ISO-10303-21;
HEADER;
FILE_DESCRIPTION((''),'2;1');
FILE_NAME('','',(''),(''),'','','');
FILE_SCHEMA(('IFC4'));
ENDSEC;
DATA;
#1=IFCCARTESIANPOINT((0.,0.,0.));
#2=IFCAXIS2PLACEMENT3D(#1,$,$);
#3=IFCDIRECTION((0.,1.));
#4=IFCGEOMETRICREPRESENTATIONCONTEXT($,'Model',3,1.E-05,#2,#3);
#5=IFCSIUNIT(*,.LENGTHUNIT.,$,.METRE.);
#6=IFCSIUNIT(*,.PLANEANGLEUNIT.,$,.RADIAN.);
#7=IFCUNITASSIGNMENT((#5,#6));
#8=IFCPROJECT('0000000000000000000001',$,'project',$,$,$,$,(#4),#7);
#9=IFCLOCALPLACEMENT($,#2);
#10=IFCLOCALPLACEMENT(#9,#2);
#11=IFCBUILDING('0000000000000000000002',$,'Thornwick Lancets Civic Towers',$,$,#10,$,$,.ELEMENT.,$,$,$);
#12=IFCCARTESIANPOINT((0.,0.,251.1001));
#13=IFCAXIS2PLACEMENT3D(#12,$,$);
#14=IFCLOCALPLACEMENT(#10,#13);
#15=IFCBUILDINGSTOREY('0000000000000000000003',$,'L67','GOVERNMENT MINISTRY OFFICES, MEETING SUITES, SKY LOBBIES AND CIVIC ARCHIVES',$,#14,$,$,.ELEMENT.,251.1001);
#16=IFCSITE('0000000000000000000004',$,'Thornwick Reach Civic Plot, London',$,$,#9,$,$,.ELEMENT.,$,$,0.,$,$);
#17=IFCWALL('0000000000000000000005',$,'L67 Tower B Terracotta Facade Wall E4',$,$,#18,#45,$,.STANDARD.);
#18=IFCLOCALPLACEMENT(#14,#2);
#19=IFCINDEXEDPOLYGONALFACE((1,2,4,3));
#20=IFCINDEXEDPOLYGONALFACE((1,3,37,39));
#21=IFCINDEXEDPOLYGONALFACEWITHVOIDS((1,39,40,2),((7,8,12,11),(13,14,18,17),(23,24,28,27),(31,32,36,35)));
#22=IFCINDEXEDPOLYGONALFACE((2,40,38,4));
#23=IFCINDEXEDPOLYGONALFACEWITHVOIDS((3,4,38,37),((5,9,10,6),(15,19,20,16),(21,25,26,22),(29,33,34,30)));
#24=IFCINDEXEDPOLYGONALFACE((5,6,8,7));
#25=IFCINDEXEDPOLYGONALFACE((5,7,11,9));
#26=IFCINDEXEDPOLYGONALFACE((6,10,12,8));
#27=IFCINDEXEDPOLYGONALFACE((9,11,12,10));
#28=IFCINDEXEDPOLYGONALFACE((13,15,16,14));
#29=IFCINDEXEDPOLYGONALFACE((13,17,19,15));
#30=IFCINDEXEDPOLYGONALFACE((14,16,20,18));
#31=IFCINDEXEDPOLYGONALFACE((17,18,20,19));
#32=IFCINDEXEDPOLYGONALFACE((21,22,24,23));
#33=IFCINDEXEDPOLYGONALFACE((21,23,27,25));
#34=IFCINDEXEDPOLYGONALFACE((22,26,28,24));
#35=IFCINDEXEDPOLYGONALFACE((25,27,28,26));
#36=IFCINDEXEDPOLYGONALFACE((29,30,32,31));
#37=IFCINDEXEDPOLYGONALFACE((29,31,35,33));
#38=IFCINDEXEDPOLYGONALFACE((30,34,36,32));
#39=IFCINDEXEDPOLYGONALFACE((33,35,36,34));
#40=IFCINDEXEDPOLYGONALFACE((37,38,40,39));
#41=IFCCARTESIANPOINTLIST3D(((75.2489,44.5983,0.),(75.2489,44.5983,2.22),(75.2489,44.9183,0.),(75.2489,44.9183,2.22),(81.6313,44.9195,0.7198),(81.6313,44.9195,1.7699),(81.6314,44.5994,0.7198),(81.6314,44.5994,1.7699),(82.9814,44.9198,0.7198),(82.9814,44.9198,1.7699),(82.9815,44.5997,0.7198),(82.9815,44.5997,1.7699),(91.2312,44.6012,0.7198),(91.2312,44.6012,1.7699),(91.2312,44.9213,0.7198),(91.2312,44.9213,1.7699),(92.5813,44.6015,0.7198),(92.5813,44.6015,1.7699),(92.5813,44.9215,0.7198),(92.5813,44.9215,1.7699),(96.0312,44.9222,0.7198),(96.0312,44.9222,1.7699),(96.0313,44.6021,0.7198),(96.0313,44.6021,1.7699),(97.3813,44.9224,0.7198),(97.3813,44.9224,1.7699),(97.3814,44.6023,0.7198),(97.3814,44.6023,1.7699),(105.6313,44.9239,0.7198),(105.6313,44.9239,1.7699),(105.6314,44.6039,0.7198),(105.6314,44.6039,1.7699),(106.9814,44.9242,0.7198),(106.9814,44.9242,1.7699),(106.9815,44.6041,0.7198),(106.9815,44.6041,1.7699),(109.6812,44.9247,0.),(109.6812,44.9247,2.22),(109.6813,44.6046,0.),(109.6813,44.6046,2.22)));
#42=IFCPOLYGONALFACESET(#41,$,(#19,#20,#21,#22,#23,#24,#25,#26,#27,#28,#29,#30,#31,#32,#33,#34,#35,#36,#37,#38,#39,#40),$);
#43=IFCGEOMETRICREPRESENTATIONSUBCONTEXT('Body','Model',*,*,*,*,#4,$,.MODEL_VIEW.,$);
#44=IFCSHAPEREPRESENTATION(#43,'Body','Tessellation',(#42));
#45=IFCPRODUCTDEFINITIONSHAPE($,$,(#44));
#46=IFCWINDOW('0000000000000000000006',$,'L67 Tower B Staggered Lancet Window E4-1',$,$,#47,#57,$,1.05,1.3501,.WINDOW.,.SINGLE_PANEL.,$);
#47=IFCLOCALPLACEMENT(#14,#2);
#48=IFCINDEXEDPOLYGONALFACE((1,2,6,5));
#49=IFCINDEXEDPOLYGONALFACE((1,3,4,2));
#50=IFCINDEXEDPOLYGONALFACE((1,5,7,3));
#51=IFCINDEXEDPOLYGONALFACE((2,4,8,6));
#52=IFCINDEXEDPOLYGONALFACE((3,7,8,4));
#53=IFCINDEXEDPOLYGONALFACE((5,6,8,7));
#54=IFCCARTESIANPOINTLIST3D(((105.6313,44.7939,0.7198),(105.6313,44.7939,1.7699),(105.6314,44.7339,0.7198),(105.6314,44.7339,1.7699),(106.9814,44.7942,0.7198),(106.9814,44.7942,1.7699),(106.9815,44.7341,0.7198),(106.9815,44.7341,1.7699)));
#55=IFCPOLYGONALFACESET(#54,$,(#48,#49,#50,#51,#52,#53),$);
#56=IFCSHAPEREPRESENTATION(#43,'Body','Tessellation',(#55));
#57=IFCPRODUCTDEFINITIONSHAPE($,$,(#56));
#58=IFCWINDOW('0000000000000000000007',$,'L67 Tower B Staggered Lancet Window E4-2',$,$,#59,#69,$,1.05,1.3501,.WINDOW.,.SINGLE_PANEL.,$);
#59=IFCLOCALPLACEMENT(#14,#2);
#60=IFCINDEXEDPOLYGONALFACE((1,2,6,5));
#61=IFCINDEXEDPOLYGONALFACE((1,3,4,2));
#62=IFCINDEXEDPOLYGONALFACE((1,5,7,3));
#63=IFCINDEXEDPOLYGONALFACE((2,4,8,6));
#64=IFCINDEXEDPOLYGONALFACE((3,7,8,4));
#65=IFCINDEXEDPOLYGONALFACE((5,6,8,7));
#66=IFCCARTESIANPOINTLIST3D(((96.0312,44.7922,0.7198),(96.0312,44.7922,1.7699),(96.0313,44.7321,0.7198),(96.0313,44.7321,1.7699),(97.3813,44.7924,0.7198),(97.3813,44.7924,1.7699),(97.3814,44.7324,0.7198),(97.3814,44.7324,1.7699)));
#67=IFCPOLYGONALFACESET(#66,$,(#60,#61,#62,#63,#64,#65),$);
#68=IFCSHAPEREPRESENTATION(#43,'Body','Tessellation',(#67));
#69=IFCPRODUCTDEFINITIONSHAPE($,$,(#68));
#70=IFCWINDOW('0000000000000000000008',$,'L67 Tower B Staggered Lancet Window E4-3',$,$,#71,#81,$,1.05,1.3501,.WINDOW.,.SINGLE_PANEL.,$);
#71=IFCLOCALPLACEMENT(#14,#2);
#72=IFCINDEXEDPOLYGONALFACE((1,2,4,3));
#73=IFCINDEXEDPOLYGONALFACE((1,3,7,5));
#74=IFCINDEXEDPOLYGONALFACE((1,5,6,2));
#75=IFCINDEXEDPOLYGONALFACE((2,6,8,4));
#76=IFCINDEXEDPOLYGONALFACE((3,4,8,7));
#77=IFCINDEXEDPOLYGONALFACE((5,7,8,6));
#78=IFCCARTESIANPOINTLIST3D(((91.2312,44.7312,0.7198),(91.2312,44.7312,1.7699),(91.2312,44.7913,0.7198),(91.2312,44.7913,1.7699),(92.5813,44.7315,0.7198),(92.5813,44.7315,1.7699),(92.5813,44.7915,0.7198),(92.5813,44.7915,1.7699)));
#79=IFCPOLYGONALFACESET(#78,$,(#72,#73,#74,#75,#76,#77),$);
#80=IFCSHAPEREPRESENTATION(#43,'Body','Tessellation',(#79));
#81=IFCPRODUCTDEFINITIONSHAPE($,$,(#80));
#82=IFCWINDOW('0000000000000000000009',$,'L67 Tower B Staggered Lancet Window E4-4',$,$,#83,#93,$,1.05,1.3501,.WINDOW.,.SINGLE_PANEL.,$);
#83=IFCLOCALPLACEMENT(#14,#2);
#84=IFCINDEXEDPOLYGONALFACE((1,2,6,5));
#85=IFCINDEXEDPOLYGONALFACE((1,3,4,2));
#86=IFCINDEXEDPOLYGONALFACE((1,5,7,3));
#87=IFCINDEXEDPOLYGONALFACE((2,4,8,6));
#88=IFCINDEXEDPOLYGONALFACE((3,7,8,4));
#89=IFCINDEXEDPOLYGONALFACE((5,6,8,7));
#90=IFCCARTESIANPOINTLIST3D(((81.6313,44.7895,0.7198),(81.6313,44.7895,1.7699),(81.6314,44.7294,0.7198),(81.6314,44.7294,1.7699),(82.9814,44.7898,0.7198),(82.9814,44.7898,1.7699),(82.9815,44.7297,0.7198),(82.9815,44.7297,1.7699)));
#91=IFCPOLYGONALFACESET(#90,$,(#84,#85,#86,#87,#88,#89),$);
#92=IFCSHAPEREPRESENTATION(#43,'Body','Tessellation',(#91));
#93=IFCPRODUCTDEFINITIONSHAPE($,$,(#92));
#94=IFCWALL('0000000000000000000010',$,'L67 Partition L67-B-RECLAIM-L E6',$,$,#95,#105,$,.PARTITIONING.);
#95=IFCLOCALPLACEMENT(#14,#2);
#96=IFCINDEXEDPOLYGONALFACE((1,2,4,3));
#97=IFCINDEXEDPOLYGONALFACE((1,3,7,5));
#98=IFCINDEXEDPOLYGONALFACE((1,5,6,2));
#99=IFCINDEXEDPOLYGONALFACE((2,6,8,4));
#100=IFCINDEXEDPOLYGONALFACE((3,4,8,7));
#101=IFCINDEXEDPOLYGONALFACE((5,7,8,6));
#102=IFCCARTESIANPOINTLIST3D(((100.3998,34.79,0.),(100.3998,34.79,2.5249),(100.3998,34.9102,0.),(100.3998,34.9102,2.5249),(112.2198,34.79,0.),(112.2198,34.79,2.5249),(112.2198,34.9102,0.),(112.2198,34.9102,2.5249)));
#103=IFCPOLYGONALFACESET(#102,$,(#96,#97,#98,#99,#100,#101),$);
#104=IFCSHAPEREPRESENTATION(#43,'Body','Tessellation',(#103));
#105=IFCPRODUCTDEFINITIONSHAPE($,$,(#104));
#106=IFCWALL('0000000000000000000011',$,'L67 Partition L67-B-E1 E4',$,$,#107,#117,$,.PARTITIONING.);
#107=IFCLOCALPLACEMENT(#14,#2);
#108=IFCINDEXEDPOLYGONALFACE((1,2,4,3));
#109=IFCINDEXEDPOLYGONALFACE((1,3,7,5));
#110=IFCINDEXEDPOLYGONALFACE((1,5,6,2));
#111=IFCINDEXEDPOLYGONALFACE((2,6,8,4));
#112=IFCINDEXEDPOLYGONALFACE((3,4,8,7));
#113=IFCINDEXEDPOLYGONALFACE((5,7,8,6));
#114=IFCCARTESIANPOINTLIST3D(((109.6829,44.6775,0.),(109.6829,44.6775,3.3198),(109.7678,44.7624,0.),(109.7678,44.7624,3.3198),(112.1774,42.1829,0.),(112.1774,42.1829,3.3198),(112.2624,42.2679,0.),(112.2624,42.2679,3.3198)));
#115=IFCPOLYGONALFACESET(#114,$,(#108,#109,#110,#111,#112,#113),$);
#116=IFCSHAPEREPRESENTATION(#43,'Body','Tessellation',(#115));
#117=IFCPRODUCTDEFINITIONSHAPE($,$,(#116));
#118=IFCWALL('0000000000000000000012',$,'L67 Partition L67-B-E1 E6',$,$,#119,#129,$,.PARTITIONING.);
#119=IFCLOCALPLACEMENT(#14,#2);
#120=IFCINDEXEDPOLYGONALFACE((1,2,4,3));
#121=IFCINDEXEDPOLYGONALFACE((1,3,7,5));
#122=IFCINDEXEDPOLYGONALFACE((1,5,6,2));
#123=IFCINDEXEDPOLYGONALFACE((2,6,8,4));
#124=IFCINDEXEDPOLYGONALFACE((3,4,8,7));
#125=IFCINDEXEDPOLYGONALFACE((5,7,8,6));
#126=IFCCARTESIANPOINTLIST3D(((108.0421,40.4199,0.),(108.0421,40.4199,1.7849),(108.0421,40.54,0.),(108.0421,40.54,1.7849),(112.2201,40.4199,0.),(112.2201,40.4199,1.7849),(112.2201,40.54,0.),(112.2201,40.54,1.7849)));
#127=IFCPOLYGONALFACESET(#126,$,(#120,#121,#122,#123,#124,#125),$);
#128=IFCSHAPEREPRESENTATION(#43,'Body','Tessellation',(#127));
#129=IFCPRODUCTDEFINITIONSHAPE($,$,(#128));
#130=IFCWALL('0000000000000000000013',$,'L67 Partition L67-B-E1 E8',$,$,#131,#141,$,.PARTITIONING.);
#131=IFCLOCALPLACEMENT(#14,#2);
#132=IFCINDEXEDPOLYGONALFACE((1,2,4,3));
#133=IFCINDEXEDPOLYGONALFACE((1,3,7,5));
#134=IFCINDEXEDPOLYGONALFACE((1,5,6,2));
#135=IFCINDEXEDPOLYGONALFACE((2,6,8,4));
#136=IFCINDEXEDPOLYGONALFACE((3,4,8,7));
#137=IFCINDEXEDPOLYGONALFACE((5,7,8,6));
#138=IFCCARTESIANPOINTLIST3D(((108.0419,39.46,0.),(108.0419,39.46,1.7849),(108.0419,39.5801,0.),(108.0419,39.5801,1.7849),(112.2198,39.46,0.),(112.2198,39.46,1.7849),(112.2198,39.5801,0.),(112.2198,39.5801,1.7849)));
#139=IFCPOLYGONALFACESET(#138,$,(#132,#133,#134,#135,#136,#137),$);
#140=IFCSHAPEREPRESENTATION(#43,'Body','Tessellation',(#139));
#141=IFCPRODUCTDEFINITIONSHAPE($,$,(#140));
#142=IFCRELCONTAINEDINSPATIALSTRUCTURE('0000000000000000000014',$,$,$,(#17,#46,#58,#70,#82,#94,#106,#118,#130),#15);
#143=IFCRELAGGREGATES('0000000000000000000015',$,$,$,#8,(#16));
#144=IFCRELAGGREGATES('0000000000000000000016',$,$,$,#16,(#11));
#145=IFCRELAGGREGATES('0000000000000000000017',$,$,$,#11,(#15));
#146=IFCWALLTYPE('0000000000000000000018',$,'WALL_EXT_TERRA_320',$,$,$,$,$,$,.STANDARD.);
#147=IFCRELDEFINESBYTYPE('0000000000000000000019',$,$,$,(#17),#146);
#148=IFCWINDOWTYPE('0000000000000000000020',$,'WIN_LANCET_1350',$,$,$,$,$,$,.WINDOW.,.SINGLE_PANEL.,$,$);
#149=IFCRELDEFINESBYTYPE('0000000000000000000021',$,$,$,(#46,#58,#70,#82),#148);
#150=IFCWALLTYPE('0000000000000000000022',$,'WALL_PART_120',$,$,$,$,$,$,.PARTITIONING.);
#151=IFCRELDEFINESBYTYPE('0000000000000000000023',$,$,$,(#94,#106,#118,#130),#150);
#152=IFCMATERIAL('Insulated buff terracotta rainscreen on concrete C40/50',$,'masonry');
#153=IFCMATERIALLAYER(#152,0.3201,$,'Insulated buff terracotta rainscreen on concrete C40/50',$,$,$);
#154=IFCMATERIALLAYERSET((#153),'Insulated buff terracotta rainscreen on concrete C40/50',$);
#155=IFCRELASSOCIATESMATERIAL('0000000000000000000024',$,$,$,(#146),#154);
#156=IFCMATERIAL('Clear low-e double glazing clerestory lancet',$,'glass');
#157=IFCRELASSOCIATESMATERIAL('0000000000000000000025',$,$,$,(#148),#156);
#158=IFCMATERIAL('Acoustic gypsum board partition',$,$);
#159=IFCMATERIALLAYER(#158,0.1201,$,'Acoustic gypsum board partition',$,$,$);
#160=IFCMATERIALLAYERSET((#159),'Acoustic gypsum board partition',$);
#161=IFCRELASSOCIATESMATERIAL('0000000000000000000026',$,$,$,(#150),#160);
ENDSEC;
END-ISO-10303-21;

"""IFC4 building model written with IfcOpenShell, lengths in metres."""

from ifc_helpers import new_model, si_unit, direction, frame, frame_2d, origin, place, context, subcontext, project, spatial, rectangle, extrude, material, layer, layer_set, type_object, element, fill, save


model = new_model("IFC4")

# Units and contexts
model_context = context("Model", 3, precision=1e-05, world=origin(), true_north=direction((0.0, 1.0)))
body_context = subcontext(model_context, "Body", "Model", "MODEL_VIEW")
ifc_project = project(units=[si_unit("LENGTHUNIT", "METRE"), si_unit("PLANEANGLEUNIT", "RADIAN")], contexts=[model_context])

# Site, building, storey
site_placement = place(None, origin())
site = spatial("IfcSite", under=ifc_project, at=site_placement, Name="Thornwick Reach Civic Plot, London", CompositionType="ELEMENT", RefElevation=0.0)
building_placement = place(site_placement, origin())
building = spatial("IfcBuilding", under=site, at=building_placement, Name="Thornwick Lancets Civic Towers", CompositionType="ELEMENT")
storey_placement = place(building_placement, frame((0.0, 0.0, 251.1001)))
storey = spatial("IfcBuildingStorey", under=building, at=storey_placement, Name="L67", Description="GOVERNMENT MINISTRY OFFICES, MEETING SUITES, SKY LOBBIES AND CIVIC ARCHIVES", CompositionType="ELEMENT", Elevation=251.1001)

# Wall, openings, windows
ifc_material_1 = material(Name="Insulated buff terracotta rainscreen on concrete C40/50", Category="masonry")
ifc_layer_1 = layer(ifc_material_1, 0.3201, Name="Insulated buff terracotta rainscreen on concrete C40/50")
ifc_layer_set_1 = layer_set([ifc_layer_1], Name="Insulated buff terracotta rainscreen on concrete C40/50")
wall_type_1 = type_object("IfcWallType", Name="WALL_EXT_TERRA_320", PredefinedType="STANDARD", material=ifc_layer_set_1)
wall_1_placement = place(storey_placement, frame((109.6814, 44.7646, 0.0), z_axis=(0.0, 0.0, 1.0), x_axis=(-1.0, -0.000184, 0.0)))
wall_1 = element("IfcWall", 1, at=wall_1_placement, inside=storey, type_object=wall_type_1, Name="L67 Tower B Terracotta Facade Wall E4", PredefinedType="STANDARD", context=body_context, shape_type="SweptSolid", body=[
    extrude(rectangle(XDim=34.4324, YDim=0.3201, at=frame_2d((17.2163, 0.0))), origin(), (0.0, 0.0, 1.0), 2.22),
])
opening_1_placement = place(wall_1_placement, frame((2.7, 0.0, 0.72)))
opening_1 = element("IfcOpeningElement", 2, at=opening_1_placement, cuts=wall_1, PredefinedType="OPENING", context=body_context, shape_type="SweptSolid", body=[
    extrude(rectangle(XDim=1.3501, YDim=1.05, at=frame_2d((0.675, 0.5249))), frame((0.0, 0.1699, 0.0), z_axis=(0.0, -1.0, 0.0), x_axis=(1.0, 0.0, 0.0)), (0.0, 0.0, 1.0), 0.3401),
])
opening_2_placement = place(wall_1_placement, frame((12.3, 0.0, 0.72)))
opening_2 = element("IfcOpeningElement", 3, at=opening_2_placement, cuts=wall_1, PredefinedType="OPENING", context=body_context, shape_type="SweptSolid", body=[
    extrude(rectangle(XDim=1.3501, YDim=1.05, at=frame_2d((0.675, 0.5249))), frame((0.0, 0.1699, 0.0), z_axis=(0.0, -1.0, 0.0), x_axis=(1.0, 0.0, 0.0)), (0.0, 0.0, 1.0), 0.3401),
])
opening_3_placement = place(wall_1_placement, frame((17.1001, 0.0, 0.72)))
opening_3 = element("IfcOpeningElement", 4, at=opening_3_placement, cuts=wall_1, PredefinedType="OPENING", context=body_context, shape_type="SweptSolid", body=[
    extrude(rectangle(XDim=1.3501, YDim=1.05, at=frame_2d((0.675, 0.5249))), frame((0.0, 0.1699, 0.0), z_axis=(0.0, -1.0, 0.0), x_axis=(1.0, 0.0, 0.0)), (0.0, 0.0, 1.0), 0.3401),
])
opening_4_placement = place(wall_1_placement, frame((26.7, 0.0, 0.72)))
opening_4 = element("IfcOpeningElement", 5, at=opening_4_placement, cuts=wall_1, PredefinedType="OPENING", context=body_context, shape_type="SweptSolid", body=[
    extrude(rectangle(XDim=1.3501, YDim=1.05, at=frame_2d((0.675, 0.5249))), frame((0.0, 0.1699, 0.0), z_axis=(0.0, -1.0, 0.0), x_axis=(1.0, 0.0, 0.0)), (0.0, 0.0, 1.0), 0.3401),
])
ifc_material_2 = material(Name="Clear low-e double glazing clerestory lancet", Category="glass")
window_type = type_object("IfcWindowType", Name="WIN_LANCET_1350", PartitioningType="SINGLE_PANEL", PredefinedType="WINDOW", material=ifc_material_2)
window_1_placement = place(opening_1_placement, origin())
window_1 = element("IfcWindow", 6, at=window_1_placement, inside=storey, type_object=window_type, Name="L67 Tower B Staggered Lancet Window E4-1", OverallHeight=1.05, OverallWidth=1.3501, PartitioningType="SINGLE_PANEL", PredefinedType="WINDOW", context=body_context, shape_type="SweptSolid", body=[
    extrude(rectangle(XDim=1.3501, YDim=1.05, at=frame_2d((0.675, 0.5249))), frame((0.0, 0.03, 0.0), z_axis=(0.0, -1.0, 0.0), x_axis=(1.0, 0.0, 0.0)), (0.0, 0.0, 1.0), 0.0601),
])
fill(opening_1, window_1)
window_2_placement = place(opening_2_placement, origin())
window_2 = element("IfcWindow", 7, at=window_2_placement, inside=storey, type_object=window_type, Name="L67 Tower B Staggered Lancet Window E4-2", OverallHeight=1.05, OverallWidth=1.3501, PartitioningType="SINGLE_PANEL", PredefinedType="WINDOW", context=body_context, shape_type="SweptSolid", body=[
    extrude(rectangle(XDim=1.3501, YDim=1.05, at=frame_2d((0.675, 0.5249))), frame((0.0, 0.03, 0.0), z_axis=(0.0, -1.0, 0.0), x_axis=(1.0, 0.0, 0.0)), (0.0, 0.0, 1.0), 0.0601),
])
fill(opening_2, window_2)
window_3_placement = place(opening_3_placement, origin())
window_3 = element("IfcWindow", 8, at=window_3_placement, inside=storey, type_object=window_type, Name="L67 Tower B Staggered Lancet Window E4-3", OverallHeight=1.05, OverallWidth=1.3501, PartitioningType="SINGLE_PANEL", PredefinedType="WINDOW", context=body_context, shape_type="SweptSolid", body=[
    extrude(rectangle(XDim=1.3501, YDim=1.05, at=frame_2d((0.675, 0.5249))), frame((0.0, 0.03, 0.0), z_axis=(0.0, -1.0, 0.0), x_axis=(1.0, 0.0, 0.0)), (0.0, 0.0, 1.0), 0.0601),
])
fill(opening_3, window_3)
window_4_placement = place(opening_4_placement, origin())
window_4 = element("IfcWindow", 9, at=window_4_placement, inside=storey, type_object=window_type, Name="L67 Tower B Staggered Lancet Window E4-4", OverallHeight=1.05, OverallWidth=1.3501, PartitioningType="SINGLE_PANEL", PredefinedType="WINDOW", context=body_context, shape_type="SweptSolid", body=[
    extrude(rectangle(XDim=1.3501, YDim=1.05, at=frame_2d((0.675, 0.5249))), frame((0.0, 0.03, 0.0), z_axis=(0.0, -1.0, 0.0), x_axis=(1.0, 0.0, 0.0)), (0.0, 0.0, 1.0), 0.0601),
])
fill(opening_4, window_4)

# Walls
ifc_material_3 = material(Name="Acoustic gypsum board partition")
ifc_layer_2 = layer(ifc_material_3, 0.1201, Name="Acoustic gypsum board partition")
ifc_layer_set_2 = layer_set([ifc_layer_2], Name="Acoustic gypsum board partition")
wall_type_2 = type_object("IfcWallType", Name="WALL_PART_120", PredefinedType="PARTITIONING", material=ifc_layer_set_2)
wall_2_placement = place(storey_placement, frame((112.22, 34.8501, 0.0), z_axis=(0.0, 0.0, 1.0), x_axis=(-1.0, 0.0, 0.0)))
element("IfcWall", 10, at=wall_2_placement, inside=storey, type_object=wall_type_2, Name="L67 Partition L67-B-RECLAIM-L E6", PredefinedType="PARTITIONING", context=body_context, shape_type="SweptSolid", body=[
    extrude(rectangle(XDim=11.8201, YDim=0.1201, at=frame_2d((5.9102, 0.0))), origin(), (0.0, 0.0, 1.0), 2.5249),
])
wall_3_placement = place(storey_placement, frame((109.7253, 44.72, 0.0), z_axis=(0.0, 0.0, 1.0), x_axis=(0.707107, -0.707107, 0.0)))
element("IfcWall", 11, at=wall_3_placement, inside=storey, type_object=wall_type_2, Name="L67 Partition L67-B-E1 E4", PredefinedType="PARTITIONING", context=body_context, shape_type="SweptSolid", body=[
    extrude(rectangle(XDim=3.5278, YDim=0.1201, at=frame_2d((1.7639, 0.0))), origin(), (0.0, 0.0, 1.0), 3.3198),
])
for number, where, z_axis, x_axis, name in (
    (12, (112.22, 40.48, 0.0), (0.0, 0.0, 1.0), (-1.0, 0.0, 0.0), "L67 Partition L67-B-E1 E6"),
    (13, (108.042, 39.52, 0.0), (0.0, 0.0, 1.0), (1.0, 0.0, 0.0), "L67 Partition L67-B-E1 E8"),
):
    element("IfcWall", number, at=place(storey_placement, frame(where, z_axis=z_axis, x_axis=x_axis)), inside=storey, type_object=wall_type_2, Name=name, PredefinedType="PARTITIONING", context=body_context, shape_type="SweptSolid", body=[
        extrude(rectangle(XDim=4.178, YDim=0.1201, at=frame_2d((2.0889, 0.0))), origin(), (0.0, 0.0, 1.0), 1.7849),
    ])

save(model, "model.ifc")
